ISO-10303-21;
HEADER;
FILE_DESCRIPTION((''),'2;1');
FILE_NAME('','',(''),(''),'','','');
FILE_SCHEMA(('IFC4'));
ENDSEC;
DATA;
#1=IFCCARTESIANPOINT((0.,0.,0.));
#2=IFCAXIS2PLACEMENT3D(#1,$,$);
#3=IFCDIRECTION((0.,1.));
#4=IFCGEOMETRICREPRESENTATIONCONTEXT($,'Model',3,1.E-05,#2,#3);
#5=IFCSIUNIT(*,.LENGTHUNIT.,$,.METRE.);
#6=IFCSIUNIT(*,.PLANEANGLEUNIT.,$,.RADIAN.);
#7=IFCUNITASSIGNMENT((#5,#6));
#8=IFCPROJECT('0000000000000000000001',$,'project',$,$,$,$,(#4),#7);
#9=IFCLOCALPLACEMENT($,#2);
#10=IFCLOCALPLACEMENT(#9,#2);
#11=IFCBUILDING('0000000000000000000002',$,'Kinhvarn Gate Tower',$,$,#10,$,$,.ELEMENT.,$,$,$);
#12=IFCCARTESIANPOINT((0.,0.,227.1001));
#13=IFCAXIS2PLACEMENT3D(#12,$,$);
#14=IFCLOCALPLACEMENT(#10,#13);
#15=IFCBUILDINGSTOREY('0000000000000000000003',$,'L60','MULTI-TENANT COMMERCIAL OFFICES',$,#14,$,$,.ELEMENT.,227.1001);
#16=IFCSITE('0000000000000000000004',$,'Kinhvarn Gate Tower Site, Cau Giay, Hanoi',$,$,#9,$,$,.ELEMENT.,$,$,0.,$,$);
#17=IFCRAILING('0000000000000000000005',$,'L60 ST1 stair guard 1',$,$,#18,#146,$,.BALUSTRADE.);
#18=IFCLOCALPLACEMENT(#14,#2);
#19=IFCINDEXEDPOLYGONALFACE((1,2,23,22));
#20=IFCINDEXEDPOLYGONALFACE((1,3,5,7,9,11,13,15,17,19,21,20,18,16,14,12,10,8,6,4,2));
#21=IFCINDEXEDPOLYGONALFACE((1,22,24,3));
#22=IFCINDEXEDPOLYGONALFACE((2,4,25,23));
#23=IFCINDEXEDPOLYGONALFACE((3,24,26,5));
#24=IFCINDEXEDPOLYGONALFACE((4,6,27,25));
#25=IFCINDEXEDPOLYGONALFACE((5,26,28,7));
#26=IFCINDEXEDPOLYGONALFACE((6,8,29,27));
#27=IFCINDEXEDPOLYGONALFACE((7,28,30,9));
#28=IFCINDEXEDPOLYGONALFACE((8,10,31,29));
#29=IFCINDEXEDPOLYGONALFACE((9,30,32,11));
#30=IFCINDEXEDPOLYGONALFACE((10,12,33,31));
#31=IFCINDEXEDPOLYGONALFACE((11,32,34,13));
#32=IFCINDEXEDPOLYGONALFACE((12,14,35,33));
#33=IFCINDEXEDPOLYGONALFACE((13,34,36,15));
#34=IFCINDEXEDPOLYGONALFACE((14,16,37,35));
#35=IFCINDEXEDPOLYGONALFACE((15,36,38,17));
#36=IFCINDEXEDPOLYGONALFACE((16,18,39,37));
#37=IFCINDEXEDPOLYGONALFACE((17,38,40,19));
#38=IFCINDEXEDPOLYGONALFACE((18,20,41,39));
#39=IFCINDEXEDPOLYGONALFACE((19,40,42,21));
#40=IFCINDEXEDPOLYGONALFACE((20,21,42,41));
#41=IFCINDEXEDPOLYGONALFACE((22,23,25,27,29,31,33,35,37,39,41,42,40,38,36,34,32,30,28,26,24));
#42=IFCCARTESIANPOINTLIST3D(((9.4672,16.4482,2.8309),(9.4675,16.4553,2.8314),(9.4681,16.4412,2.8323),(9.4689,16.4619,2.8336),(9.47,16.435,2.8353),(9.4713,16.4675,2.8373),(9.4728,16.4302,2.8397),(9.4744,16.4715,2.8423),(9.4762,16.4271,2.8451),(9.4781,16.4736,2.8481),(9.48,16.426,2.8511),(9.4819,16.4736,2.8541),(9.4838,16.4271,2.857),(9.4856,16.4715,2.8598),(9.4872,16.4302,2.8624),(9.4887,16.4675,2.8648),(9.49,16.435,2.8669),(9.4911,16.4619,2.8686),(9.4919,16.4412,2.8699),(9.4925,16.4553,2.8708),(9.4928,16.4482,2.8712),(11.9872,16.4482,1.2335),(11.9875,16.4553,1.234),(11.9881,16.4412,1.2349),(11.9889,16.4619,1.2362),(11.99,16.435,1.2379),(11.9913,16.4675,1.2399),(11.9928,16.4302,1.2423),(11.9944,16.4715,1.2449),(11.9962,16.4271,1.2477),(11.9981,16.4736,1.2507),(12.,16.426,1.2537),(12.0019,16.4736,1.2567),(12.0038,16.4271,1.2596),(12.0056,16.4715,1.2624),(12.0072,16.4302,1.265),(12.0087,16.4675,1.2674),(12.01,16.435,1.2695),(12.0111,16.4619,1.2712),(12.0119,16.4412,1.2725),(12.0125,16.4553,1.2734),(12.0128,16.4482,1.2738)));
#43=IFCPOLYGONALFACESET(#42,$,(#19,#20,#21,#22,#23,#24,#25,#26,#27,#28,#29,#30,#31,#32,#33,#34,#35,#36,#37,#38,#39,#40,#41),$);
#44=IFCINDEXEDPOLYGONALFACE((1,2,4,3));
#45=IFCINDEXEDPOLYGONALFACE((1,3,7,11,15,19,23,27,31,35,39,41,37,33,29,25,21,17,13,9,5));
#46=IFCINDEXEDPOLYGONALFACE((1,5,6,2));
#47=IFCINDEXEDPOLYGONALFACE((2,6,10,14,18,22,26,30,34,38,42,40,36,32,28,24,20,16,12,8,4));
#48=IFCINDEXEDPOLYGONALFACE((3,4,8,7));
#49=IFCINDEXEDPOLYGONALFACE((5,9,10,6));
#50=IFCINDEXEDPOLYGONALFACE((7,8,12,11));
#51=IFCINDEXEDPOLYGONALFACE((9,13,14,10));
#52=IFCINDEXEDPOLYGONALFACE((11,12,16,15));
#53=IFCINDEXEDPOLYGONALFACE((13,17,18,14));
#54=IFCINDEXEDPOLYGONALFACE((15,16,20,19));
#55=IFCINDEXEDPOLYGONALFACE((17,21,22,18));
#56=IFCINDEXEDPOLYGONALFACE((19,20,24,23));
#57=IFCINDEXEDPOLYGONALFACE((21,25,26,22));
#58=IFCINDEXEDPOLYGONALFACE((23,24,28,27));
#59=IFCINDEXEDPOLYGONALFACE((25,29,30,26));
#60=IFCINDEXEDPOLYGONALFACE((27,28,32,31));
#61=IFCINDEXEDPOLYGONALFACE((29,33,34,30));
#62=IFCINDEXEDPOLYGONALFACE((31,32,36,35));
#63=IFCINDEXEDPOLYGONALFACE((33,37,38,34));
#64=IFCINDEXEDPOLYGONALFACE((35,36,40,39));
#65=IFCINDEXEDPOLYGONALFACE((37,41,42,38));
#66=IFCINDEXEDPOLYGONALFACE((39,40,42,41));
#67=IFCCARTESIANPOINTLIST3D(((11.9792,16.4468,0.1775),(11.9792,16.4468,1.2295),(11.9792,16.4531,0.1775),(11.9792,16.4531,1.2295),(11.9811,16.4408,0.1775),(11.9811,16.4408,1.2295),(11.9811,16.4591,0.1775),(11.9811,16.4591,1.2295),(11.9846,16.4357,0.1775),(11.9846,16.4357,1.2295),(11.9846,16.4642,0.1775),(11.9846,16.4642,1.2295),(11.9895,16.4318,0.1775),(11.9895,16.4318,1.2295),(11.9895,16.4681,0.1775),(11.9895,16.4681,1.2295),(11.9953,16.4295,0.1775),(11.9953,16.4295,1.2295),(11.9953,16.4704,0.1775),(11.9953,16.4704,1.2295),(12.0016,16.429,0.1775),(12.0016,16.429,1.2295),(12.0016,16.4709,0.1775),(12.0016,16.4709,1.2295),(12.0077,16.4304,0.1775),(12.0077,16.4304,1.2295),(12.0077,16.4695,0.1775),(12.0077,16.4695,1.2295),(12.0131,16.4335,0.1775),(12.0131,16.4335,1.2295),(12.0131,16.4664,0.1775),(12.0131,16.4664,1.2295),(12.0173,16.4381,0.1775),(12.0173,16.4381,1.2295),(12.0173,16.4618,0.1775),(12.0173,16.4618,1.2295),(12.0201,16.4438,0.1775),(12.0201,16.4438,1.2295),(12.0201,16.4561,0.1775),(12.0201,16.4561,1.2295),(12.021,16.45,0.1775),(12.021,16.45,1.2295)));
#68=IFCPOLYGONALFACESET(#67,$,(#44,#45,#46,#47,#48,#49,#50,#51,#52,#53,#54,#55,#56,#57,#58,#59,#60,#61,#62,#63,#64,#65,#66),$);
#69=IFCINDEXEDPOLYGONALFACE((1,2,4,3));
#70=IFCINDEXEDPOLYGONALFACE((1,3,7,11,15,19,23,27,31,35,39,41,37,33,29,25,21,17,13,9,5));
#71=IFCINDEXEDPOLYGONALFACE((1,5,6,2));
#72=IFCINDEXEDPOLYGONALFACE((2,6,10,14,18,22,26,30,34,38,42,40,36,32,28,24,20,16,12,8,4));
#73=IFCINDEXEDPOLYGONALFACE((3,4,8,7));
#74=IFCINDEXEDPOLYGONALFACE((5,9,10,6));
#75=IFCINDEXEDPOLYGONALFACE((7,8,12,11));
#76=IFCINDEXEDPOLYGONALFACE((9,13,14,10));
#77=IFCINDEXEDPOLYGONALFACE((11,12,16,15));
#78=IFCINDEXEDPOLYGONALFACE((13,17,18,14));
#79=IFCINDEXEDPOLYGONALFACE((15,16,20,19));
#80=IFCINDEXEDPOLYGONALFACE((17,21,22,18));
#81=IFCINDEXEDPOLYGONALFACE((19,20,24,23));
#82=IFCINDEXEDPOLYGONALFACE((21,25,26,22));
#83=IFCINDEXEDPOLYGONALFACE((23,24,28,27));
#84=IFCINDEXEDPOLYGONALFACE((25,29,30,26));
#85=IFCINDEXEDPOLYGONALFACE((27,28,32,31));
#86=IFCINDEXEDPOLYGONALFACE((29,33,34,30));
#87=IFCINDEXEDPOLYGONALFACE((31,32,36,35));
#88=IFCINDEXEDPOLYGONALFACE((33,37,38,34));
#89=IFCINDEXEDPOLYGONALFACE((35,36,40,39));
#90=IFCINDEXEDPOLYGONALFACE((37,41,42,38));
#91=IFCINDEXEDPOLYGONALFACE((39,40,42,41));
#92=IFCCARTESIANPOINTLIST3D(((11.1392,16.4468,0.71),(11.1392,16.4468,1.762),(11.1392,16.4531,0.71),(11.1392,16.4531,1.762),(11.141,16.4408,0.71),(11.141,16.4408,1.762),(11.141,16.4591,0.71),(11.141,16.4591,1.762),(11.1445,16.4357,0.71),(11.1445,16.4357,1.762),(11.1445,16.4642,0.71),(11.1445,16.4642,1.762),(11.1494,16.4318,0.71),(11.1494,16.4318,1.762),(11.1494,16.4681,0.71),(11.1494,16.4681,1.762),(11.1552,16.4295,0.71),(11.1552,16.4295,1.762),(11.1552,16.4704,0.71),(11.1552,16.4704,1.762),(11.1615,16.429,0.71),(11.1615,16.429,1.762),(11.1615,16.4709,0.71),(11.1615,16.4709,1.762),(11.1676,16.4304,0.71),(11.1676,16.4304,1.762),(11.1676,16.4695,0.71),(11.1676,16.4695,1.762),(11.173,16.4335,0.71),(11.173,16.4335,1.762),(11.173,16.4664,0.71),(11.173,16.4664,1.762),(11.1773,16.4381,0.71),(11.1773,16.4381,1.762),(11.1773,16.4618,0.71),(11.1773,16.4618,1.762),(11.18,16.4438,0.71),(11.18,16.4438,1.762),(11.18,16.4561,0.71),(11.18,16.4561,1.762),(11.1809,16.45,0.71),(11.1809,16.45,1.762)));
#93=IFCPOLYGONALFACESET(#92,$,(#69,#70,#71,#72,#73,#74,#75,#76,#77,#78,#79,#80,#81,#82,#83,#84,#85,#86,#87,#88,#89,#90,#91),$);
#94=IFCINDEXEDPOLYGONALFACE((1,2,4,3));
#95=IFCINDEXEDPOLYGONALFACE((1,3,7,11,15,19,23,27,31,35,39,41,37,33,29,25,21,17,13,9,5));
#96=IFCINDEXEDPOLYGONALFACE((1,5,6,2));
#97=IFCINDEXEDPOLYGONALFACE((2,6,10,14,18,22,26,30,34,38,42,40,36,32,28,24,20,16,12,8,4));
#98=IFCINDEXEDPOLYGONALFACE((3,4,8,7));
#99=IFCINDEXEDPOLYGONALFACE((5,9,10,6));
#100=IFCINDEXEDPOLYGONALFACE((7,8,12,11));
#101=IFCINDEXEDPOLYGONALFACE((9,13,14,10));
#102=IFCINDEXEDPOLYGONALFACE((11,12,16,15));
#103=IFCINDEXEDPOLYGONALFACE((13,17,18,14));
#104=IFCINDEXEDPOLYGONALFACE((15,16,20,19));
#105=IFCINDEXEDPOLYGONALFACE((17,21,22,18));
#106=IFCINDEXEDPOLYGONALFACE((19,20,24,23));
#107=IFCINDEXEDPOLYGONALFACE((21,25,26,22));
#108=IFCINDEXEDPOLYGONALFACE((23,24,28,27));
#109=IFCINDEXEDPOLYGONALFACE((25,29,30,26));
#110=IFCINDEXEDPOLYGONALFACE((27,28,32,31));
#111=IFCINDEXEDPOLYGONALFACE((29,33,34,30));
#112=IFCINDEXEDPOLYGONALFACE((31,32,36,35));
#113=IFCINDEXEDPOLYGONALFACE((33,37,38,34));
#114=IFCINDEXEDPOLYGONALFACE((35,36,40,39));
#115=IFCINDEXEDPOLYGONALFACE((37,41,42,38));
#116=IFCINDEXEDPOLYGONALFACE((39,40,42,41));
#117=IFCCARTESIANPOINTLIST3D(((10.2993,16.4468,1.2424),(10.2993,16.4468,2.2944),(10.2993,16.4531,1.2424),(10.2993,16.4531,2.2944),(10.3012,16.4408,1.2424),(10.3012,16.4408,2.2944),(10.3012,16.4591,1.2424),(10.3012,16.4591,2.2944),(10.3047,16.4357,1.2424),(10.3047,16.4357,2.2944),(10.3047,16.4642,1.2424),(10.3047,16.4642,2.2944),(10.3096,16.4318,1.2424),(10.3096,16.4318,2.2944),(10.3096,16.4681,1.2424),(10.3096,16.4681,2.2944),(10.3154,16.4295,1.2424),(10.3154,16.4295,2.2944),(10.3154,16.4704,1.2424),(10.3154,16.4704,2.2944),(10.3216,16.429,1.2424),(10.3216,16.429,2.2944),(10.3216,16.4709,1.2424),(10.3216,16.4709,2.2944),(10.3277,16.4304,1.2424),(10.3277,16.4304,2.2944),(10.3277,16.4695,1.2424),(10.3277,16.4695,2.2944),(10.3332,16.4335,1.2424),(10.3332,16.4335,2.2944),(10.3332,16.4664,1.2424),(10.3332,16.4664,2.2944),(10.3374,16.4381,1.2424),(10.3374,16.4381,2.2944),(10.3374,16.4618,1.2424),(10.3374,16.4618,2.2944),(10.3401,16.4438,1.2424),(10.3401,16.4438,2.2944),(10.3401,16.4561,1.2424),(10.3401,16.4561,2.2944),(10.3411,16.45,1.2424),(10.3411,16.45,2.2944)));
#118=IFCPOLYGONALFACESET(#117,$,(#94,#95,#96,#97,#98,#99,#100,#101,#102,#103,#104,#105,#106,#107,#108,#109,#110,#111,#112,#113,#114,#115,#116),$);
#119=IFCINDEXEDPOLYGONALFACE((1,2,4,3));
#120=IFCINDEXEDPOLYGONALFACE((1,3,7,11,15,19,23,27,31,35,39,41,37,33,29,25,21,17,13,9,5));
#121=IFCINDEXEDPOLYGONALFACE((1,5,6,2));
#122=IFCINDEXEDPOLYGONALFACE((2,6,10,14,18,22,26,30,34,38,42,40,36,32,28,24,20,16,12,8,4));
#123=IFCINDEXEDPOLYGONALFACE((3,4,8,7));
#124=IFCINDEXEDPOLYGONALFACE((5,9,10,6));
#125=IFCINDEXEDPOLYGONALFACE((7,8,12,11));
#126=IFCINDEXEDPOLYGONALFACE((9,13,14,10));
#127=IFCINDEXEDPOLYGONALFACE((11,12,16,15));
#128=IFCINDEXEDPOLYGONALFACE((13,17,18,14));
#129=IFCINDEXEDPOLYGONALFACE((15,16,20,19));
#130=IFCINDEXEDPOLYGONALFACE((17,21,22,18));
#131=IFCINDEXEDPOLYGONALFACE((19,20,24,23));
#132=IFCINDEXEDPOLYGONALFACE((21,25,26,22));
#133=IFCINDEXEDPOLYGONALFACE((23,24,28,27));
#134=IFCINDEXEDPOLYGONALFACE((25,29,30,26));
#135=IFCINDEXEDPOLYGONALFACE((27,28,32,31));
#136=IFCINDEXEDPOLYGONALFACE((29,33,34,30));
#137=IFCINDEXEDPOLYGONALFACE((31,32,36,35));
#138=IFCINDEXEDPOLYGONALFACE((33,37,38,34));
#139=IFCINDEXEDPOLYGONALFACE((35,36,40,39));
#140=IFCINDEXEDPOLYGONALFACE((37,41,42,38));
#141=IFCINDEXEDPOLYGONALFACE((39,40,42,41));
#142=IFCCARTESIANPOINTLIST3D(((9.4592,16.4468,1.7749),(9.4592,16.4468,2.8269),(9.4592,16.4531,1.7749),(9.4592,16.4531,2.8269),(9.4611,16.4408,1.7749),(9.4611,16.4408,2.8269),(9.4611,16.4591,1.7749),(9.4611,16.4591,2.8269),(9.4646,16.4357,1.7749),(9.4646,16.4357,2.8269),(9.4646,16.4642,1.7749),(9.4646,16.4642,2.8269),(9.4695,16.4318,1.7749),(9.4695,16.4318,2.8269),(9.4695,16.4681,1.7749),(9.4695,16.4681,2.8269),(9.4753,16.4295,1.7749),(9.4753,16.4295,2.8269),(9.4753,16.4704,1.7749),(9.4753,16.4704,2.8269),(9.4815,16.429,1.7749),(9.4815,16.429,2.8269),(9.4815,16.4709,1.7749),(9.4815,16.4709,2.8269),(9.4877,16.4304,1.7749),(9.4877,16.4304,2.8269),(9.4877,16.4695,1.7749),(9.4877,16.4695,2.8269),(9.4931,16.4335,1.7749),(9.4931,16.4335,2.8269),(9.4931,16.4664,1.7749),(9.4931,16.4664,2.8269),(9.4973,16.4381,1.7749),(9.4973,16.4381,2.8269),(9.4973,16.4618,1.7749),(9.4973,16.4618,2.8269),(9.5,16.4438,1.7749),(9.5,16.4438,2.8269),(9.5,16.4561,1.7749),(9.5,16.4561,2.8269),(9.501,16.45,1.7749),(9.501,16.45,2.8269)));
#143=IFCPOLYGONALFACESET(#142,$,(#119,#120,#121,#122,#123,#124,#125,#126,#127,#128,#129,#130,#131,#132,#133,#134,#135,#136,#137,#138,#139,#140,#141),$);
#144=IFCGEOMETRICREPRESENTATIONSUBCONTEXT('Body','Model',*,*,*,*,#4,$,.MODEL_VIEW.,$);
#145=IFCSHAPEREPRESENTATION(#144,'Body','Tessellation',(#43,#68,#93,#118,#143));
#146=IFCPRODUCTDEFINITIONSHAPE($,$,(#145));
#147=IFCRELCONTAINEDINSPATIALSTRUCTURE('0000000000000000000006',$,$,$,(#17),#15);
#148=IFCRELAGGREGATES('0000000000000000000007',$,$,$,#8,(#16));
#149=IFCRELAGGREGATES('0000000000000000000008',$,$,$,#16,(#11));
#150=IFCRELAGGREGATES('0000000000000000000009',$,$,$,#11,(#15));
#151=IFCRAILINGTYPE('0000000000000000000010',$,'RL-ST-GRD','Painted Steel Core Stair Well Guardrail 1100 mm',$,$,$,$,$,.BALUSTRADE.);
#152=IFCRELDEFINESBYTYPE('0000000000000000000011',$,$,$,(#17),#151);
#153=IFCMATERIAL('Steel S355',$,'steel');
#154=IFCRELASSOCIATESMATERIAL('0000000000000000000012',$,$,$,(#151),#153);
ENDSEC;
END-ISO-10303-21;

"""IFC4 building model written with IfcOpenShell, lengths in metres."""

from ifc_helpers import new_model, si_unit, direction, frame, origin, origin_2d, place, context, subcontext, project, spatial, circle, extrude, material, type_object, element, save


model = new_model("IFC4")

# Units and contexts
model_context = context("Model", 3, precision=1e-05, world=origin(), true_north=direction((0.0, 1.0)))
body_context = subcontext(model_context, "Body", "Model", "MODEL_VIEW")
ifc_project = project(units=[si_unit("LENGTHUNIT", "METRE"), si_unit("PLANEANGLEUNIT", "RADIAN")], contexts=[model_context])

# Site, building, storey
site_placement = place(None, origin())
site = spatial("IfcSite", under=ifc_project, at=site_placement, Name="Kinhvarn Gate Tower Site, Cau Giay, Hanoi", CompositionType="ELEMENT", RefElevation=0.0)
building_placement = place(site_placement, origin())
building = spatial("IfcBuilding", under=site, at=building_placement, Name="Kinhvarn Gate Tower", CompositionType="ELEMENT")
storey_placement = place(building_placement, frame((0.0, 0.0, 227.1001)))
storey = spatial("IfcBuildingStorey", under=building, at=storey_placement, Name="L60", Description="MULTI-TENANT COMMERCIAL OFFICES", CompositionType="ELEMENT", Elevation=227.1001)

# Shared definitions
ifc_material_1 = material(Name="Steel S355", Category="steel")

# Railing
railing_type_1 = type_object("IfcRailingType", Name="RL-ST-GRD", Description="Painted Steel Core Stair Well Guardrail 1100 mm", PredefinedType="BALUSTRADE", material=ifc_material_1)
railing_1_placement = place(storey_placement, frame((12.0, 16.45, 0.1775)))
element("IfcRailing", 1, at=railing_1_placement, inside=storey, type_object=railing_type_1, Name="L60 ST1 stair guard 1", PredefinedType="BALUSTRADE", context=body_context, shape_type="SweptSolid", body=[
    extrude(circle(Radius=0.0239, at=origin_2d()), frame((0.0, 0.0, 1.0762), z_axis=(-0.844607, 0.0, 0.535387), x_axis=(0.0, -1.0, 0.0)), (0.0, 0.0, 1.0), 2.9836),
    extrude(circle(Radius=0.021, at=origin_2d()), origin(), (0.0, 0.0, 1.0), 1.052),
    extrude(circle(Radius=0.021, at=origin_2d()), frame((-0.8401, 0.0, 0.5325)), (0.0, 0.0, 1.0), 1.052),
    extrude(circle(Radius=0.021, at=origin_2d()), frame((-1.6799, 0.0, 1.0649)), (0.0, 0.0, 1.0), 1.052),
    extrude(circle(Radius=0.021, at=origin_2d()), frame((-2.52, 0.0, 1.5974)), (0.0, 0.0, 1.0), 1.052),
])

save(model, "model.ifc")
